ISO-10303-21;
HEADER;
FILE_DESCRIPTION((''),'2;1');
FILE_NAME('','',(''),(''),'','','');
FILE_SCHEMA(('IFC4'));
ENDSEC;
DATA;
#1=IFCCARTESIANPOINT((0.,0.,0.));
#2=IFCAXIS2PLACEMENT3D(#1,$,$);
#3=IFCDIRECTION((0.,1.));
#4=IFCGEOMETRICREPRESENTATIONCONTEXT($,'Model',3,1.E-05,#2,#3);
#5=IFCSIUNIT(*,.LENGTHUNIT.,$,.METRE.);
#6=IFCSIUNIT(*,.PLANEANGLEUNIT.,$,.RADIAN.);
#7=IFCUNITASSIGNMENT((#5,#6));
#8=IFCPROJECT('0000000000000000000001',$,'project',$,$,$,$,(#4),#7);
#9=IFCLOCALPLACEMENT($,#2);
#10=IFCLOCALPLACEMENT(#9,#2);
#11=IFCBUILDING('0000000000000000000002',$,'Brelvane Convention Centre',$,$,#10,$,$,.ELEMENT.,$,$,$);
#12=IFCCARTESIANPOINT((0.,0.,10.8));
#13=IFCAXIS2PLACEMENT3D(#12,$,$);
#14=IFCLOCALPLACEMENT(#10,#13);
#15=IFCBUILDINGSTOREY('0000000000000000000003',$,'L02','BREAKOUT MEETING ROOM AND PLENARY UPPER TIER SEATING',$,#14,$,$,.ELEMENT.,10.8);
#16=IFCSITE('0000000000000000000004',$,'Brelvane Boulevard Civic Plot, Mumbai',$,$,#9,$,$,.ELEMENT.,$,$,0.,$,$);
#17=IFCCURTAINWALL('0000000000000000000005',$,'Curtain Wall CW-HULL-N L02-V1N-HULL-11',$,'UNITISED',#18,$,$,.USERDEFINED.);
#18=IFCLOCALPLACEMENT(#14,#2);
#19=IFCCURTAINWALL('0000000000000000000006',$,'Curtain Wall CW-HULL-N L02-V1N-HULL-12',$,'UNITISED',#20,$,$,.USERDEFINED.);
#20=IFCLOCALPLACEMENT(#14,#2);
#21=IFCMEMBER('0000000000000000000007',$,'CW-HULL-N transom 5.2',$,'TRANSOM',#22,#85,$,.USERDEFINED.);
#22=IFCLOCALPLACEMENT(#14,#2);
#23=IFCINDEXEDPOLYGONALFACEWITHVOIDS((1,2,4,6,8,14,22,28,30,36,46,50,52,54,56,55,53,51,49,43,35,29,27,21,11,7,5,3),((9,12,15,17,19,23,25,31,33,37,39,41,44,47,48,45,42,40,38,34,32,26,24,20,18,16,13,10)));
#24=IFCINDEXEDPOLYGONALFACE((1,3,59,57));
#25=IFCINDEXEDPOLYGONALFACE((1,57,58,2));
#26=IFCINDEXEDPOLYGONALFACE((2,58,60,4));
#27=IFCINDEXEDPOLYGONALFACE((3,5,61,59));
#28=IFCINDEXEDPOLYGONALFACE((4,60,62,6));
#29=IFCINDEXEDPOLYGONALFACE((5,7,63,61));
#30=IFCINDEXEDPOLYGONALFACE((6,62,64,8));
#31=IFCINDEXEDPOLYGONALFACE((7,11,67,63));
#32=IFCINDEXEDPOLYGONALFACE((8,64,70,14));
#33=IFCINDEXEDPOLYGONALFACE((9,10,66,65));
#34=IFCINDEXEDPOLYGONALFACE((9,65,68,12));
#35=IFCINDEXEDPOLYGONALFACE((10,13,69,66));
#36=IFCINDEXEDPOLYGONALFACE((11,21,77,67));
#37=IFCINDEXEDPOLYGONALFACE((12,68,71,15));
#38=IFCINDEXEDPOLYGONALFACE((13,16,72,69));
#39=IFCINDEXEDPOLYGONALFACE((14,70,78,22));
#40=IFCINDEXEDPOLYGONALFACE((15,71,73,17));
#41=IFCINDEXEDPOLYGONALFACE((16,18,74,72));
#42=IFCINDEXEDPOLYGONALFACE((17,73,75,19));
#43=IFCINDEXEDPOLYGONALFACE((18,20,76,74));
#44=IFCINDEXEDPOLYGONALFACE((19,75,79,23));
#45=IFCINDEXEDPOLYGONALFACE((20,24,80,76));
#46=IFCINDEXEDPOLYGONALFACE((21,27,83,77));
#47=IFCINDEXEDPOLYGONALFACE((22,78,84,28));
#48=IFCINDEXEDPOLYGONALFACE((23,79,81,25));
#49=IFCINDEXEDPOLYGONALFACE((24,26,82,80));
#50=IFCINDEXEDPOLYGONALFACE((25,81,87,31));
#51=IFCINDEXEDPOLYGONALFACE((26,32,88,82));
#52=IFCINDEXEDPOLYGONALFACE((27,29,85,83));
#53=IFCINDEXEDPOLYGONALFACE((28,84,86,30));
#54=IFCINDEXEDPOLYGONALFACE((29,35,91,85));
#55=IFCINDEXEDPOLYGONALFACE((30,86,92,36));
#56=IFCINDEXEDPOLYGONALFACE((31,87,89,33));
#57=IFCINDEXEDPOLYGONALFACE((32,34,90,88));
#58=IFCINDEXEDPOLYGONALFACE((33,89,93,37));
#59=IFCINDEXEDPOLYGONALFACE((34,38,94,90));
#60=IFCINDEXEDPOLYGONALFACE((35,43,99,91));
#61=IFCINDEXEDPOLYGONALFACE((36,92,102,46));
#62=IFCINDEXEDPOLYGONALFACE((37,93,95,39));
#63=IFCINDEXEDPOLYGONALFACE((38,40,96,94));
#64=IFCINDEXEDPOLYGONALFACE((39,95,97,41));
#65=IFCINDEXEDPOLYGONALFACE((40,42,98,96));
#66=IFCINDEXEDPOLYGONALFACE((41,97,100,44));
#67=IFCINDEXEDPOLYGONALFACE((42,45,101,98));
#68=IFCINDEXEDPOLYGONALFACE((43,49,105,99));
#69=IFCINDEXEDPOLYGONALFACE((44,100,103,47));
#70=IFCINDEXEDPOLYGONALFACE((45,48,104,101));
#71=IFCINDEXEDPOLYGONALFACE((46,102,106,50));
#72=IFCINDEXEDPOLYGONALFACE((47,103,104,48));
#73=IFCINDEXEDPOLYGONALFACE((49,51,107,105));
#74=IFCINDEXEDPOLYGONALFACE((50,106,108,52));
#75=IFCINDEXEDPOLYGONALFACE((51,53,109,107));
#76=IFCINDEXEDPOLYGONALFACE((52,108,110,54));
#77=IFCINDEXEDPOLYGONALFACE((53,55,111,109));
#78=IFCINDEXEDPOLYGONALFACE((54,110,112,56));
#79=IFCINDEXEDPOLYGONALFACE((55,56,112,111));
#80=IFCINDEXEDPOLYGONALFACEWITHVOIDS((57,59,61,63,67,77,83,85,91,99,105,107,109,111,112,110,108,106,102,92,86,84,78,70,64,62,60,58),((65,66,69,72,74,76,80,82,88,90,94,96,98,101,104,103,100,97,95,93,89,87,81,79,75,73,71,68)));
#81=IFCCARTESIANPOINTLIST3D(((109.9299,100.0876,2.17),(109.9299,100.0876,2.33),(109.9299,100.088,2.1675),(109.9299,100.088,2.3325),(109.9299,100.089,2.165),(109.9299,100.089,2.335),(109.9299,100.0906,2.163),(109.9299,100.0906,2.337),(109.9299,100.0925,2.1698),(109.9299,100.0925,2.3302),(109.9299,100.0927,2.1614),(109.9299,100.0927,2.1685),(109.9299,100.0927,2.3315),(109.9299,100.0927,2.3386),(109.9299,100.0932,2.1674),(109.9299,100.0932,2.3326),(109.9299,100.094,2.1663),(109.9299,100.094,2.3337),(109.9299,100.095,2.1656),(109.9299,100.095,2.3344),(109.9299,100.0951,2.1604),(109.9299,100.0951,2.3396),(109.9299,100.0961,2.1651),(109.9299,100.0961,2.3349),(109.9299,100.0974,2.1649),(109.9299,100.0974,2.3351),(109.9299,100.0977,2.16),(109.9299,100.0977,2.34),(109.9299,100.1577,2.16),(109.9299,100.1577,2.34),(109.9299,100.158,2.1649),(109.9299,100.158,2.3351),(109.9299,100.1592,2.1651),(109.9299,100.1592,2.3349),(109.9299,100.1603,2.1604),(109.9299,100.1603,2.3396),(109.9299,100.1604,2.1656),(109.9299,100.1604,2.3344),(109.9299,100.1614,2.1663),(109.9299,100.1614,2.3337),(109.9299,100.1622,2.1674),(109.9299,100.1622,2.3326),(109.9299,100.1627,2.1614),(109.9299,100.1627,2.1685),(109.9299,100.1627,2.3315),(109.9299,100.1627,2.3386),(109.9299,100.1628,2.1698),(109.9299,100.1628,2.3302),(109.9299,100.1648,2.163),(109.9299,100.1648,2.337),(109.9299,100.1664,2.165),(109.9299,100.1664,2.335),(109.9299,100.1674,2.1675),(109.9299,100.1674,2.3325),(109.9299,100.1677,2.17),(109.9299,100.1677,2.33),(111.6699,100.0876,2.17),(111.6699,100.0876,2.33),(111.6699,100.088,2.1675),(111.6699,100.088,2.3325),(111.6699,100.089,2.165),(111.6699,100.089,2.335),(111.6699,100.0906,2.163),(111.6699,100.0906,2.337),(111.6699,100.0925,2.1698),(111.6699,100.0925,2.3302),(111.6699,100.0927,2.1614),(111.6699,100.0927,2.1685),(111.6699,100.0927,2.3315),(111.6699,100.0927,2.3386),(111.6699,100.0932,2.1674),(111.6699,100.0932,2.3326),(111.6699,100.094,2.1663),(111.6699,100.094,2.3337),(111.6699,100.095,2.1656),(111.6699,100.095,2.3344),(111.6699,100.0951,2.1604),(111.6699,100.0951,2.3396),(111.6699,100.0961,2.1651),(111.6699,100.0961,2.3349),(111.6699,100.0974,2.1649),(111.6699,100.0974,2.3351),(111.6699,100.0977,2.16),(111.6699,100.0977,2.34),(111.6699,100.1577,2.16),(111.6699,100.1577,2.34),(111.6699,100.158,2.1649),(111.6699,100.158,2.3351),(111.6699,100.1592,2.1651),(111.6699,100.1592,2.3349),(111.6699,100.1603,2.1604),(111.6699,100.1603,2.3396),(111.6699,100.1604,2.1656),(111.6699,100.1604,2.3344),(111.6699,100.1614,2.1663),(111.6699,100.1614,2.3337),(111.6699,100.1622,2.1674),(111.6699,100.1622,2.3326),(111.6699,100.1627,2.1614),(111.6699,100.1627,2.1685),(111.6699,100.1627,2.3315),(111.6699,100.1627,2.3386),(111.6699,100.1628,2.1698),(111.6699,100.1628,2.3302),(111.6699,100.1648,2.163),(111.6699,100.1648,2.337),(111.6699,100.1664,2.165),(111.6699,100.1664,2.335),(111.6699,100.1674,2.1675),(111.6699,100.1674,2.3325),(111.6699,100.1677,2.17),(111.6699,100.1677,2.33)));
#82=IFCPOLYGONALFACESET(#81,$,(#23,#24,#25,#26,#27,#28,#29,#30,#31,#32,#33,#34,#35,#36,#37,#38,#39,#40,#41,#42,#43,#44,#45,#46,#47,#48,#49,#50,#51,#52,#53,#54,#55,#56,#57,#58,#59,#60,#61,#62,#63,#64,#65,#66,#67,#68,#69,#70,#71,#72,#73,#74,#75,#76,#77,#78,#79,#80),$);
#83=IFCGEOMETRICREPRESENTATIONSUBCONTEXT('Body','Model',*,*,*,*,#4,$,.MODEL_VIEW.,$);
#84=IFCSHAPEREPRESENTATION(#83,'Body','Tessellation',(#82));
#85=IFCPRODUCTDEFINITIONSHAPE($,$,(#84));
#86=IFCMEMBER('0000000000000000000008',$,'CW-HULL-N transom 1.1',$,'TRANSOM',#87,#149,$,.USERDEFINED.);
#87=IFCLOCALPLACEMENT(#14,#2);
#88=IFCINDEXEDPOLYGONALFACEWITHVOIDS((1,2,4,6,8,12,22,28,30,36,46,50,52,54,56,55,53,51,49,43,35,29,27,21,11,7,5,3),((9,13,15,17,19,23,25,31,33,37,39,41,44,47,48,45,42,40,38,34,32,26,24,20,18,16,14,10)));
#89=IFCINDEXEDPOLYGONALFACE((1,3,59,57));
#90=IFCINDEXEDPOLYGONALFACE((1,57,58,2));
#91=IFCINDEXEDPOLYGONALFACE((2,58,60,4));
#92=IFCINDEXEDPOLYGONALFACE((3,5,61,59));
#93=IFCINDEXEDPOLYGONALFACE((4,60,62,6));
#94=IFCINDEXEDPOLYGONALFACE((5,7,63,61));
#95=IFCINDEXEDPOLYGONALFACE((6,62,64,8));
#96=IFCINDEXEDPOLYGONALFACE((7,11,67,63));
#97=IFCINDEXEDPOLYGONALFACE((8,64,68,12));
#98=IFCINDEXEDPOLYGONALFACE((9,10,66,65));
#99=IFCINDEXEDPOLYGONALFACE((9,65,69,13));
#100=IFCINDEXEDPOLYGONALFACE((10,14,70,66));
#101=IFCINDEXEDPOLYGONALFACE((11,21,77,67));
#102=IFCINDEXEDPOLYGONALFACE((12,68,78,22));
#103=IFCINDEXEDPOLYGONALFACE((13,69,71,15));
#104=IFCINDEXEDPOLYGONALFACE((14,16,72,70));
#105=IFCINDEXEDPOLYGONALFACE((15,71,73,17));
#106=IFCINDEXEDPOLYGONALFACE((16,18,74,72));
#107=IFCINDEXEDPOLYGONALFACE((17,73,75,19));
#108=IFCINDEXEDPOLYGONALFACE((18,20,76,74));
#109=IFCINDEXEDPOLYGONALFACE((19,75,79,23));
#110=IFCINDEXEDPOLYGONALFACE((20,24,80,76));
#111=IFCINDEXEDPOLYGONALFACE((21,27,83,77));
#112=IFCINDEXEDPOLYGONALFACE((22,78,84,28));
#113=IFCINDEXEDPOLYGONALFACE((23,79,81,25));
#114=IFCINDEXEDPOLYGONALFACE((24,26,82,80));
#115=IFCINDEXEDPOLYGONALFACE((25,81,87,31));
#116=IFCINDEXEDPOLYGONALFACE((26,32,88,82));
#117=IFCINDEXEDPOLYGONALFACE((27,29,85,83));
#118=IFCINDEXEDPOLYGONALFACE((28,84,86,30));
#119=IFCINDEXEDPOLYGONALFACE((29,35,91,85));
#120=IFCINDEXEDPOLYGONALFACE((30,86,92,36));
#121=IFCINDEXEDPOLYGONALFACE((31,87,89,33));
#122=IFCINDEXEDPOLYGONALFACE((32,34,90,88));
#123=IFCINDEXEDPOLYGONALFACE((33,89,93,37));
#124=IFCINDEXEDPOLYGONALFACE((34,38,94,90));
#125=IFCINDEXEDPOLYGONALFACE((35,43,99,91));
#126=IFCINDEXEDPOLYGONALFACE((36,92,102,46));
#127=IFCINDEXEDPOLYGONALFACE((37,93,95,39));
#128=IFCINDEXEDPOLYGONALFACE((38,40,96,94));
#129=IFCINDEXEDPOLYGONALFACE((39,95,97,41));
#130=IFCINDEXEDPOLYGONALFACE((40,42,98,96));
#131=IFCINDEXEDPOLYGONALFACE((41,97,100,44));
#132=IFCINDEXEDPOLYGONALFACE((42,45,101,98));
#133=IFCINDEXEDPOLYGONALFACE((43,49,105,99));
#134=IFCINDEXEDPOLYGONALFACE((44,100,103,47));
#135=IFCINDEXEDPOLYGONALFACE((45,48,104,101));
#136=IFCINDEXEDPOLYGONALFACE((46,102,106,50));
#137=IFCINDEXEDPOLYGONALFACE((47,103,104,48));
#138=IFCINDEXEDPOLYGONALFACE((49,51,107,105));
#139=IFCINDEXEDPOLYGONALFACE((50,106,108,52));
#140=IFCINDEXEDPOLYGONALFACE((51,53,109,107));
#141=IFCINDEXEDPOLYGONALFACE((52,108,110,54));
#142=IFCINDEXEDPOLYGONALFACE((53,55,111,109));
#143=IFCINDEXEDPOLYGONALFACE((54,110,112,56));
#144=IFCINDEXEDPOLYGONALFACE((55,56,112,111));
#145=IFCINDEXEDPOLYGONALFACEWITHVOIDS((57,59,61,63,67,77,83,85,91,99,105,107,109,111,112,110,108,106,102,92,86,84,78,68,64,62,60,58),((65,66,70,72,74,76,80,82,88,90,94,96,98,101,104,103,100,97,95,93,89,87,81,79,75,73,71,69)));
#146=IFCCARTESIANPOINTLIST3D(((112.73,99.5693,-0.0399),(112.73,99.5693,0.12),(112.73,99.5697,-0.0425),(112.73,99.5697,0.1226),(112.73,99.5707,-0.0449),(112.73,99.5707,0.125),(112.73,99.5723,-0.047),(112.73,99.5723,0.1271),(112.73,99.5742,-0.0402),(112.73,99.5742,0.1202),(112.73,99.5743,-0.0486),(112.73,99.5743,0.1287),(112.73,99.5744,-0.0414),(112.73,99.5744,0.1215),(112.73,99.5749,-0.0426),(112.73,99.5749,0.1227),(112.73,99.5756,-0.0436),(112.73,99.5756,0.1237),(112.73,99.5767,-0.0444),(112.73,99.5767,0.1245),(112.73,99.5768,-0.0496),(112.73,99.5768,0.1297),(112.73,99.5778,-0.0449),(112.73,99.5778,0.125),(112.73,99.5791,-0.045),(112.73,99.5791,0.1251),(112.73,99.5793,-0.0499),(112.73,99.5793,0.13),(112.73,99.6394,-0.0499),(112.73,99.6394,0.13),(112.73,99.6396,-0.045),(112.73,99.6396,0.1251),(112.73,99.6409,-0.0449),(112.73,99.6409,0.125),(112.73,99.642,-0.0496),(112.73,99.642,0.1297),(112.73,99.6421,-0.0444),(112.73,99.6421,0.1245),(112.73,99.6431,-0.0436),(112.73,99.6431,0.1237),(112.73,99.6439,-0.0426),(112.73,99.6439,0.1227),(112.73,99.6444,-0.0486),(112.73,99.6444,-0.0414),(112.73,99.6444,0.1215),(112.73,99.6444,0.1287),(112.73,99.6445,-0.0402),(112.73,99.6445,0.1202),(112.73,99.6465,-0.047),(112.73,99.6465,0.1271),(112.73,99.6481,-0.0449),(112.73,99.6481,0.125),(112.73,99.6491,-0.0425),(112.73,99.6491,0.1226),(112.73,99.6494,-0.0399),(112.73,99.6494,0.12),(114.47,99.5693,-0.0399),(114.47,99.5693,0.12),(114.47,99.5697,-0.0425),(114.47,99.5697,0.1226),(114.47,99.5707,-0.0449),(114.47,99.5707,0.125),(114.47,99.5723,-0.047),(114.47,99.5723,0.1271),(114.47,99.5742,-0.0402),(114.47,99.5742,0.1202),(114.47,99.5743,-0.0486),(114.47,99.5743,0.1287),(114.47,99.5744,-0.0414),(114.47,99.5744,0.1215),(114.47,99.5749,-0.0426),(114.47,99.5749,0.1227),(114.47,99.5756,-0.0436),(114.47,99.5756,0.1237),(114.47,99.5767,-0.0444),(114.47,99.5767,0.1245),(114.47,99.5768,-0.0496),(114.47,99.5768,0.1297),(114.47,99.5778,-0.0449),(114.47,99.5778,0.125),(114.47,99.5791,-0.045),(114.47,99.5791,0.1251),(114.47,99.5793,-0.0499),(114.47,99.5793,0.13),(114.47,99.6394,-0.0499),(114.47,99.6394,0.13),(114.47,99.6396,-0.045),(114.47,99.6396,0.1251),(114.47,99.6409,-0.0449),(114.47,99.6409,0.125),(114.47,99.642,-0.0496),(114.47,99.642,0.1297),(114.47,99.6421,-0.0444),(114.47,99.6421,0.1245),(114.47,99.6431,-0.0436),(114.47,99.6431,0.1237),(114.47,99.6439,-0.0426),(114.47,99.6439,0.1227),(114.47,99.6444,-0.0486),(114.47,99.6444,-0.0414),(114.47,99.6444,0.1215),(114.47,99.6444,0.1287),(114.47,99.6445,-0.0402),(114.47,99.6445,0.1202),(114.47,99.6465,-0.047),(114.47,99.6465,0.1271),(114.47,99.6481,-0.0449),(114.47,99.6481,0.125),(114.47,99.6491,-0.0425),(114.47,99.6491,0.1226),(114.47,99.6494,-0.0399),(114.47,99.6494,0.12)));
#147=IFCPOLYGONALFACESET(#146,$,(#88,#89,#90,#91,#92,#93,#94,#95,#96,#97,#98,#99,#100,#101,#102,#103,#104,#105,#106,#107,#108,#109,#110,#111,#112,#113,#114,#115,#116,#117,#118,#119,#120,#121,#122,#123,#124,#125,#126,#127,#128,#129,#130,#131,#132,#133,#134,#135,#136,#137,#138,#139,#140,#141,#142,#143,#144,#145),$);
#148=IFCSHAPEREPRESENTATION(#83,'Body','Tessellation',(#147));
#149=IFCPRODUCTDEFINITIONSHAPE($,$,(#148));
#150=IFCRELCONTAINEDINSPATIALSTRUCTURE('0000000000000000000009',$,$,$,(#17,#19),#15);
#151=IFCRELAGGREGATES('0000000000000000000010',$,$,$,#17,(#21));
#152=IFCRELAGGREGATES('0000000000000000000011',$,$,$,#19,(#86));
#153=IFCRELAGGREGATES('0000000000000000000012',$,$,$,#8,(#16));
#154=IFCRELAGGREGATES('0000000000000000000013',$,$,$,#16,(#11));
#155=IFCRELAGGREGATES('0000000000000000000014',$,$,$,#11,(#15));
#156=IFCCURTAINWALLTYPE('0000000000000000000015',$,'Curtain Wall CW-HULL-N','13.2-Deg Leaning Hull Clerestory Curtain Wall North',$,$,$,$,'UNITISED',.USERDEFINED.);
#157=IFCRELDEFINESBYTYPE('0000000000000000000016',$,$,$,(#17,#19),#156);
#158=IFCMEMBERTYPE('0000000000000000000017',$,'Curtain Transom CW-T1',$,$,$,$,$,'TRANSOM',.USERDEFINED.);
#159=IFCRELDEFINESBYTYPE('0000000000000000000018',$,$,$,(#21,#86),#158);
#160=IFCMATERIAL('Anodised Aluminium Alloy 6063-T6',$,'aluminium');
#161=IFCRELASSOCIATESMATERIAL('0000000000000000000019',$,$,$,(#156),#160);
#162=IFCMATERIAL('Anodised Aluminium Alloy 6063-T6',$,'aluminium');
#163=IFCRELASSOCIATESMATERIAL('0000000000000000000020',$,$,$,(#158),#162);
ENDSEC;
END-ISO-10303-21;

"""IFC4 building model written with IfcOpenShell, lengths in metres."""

from ifc_helpers import new_model, si_unit, direction, frame, origin, origin_2d, place, context, subcontext, project, spatial, hollow_rectangle, extrude, material, material_profile, profile_set, type_object, element, aggregate, save


model = new_model("IFC4")

# Units and contexts
model_context = context("Model", 3, precision=1e-05, world=origin(), true_north=direction((0.0, 1.0)))
body_context = subcontext(model_context, "Body", "Model", "MODEL_VIEW")
ifc_project = project(units=[si_unit("LENGTHUNIT", "METRE"), si_unit("PLANEANGLEUNIT", "RADIAN")], contexts=[model_context])

# Site, building, storey
site_placement = place(None, origin())
site = spatial("IfcSite", under=ifc_project, at=site_placement, Name="Brelvane Boulevard Civic Plot, Mumbai", CompositionType="ELEMENT", RefElevation=0.0)
building_placement = place(site_placement, origin())
building = spatial("IfcBuilding", under=site, at=building_placement, Name="Brelvane Convention Centre", CompositionType="ELEMENT")
storey_placement = place(building_placement, frame((0.0, 0.0, 10.8)))
storey = spatial("IfcBuildingStorey", under=building, at=storey_placement, Name="L02", Description="BREAKOUT MEETING ROOM AND PLENARY UPPER TIER SEATING", CompositionType="ELEMENT", Elevation=10.8)

# Curtain walls
ifc_material_1 = material(Name="Anodised Aluminium Alloy 6063-T6", Category="aluminium")
curtain_wall_type = type_object("IfcCurtainWallType", Name="Curtain Wall CW-HULL-N", Description="13.2-Deg Leaning Hull Clerestory Curtain Wall North", ElementType="UNITISED", PredefinedType="USERDEFINED", material=ifc_material_1)
curtain_wall_1_placement = place(storey_placement, origin())
curtain_wall_1 = element("IfcCurtainWall", 1, at=curtain_wall_1_placement, inside=storey, type_object=curtain_wall_type, Name="Curtain Wall CW-HULL-N L02-V1N-HULL-11", ObjectType="UNITISED", PredefinedType="USERDEFINED")
curtain_wall_2_placement = place(storey_placement, origin())
curtain_wall_2 = element("IfcCurtainWall", 2, at=curtain_wall_2_placement, inside=storey, type_object=curtain_wall_type, Name="Curtain Wall CW-HULL-N L02-V1N-HULL-12", ObjectType="UNITISED", PredefinedType="USERDEFINED")

# Members
ifc_material_2 = material(Name="Anodised Aluminium Alloy 6063-T6", Category="aluminium")
ifc_material_profile_1 = material_profile(ifc_material_2, hollow_rectangle(XDim=0.0801, YDim=0.1799, WallThickness=0.0049, InnerFilletRadius=0.0049, OuterFilletRadius=0.01, at=origin_2d()), Name="ALU-T 180x80x5.0")
ifc_profile_set_1 = profile_set([ifc_material_profile_1], Name="Anodised Aluminium Alloy 6063-T6")
member_type_1 = type_object("IfcMemberType", Name="Curtain Transom CW-T1", ElementType="TRANSOM", PredefinedType="USERDEFINED", material=ifc_profile_set_1)
member_1_placement = place(storey_placement, frame((109.9299, 100.1277, 2.25), z_axis=(1.0, 0.0, 0.0), x_axis=(0.0, 1.0, 0.0)))
member_1 = element("IfcMember", 3, at=member_1_placement, type_object=member_type_1, Name="CW-HULL-N transom 5.2", ObjectType="TRANSOM", PredefinedType="USERDEFINED", context=body_context, shape_type="SweptSolid", body=[
    extrude(hollow_rectangle(XDim=0.0801, YDim=0.1799, WallThickness=0.0049, InnerFilletRadius=0.0049, OuterFilletRadius=0.01, at=origin_2d()), origin(), (0.0, 0.0, 1.0), 1.74),
])
member_2_placement = place(storey_placement, frame((112.73, 99.6094, 0.04), z_axis=(1.0, 0.0, 0.0), x_axis=(0.0, 1.0, 0.0)))
member_2 = element("IfcMember", 4, at=member_2_placement, type_object=member_type_1, Name="CW-HULL-N transom 1.1", ObjectType="TRANSOM", PredefinedType="USERDEFINED", context=body_context, shape_type="SweptSolid", body=[
    extrude(hollow_rectangle(XDim=0.0801, YDim=0.1799, WallThickness=0.0049, InnerFilletRadius=0.0049, OuterFilletRadius=0.01, at=origin_2d()), origin(), (0.0, 0.0, 1.0), 1.74),
])

aggregate(curtain_wall_1, [member_1])
aggregate(curtain_wall_2, [member_2])

save(model, "model.ifc")
